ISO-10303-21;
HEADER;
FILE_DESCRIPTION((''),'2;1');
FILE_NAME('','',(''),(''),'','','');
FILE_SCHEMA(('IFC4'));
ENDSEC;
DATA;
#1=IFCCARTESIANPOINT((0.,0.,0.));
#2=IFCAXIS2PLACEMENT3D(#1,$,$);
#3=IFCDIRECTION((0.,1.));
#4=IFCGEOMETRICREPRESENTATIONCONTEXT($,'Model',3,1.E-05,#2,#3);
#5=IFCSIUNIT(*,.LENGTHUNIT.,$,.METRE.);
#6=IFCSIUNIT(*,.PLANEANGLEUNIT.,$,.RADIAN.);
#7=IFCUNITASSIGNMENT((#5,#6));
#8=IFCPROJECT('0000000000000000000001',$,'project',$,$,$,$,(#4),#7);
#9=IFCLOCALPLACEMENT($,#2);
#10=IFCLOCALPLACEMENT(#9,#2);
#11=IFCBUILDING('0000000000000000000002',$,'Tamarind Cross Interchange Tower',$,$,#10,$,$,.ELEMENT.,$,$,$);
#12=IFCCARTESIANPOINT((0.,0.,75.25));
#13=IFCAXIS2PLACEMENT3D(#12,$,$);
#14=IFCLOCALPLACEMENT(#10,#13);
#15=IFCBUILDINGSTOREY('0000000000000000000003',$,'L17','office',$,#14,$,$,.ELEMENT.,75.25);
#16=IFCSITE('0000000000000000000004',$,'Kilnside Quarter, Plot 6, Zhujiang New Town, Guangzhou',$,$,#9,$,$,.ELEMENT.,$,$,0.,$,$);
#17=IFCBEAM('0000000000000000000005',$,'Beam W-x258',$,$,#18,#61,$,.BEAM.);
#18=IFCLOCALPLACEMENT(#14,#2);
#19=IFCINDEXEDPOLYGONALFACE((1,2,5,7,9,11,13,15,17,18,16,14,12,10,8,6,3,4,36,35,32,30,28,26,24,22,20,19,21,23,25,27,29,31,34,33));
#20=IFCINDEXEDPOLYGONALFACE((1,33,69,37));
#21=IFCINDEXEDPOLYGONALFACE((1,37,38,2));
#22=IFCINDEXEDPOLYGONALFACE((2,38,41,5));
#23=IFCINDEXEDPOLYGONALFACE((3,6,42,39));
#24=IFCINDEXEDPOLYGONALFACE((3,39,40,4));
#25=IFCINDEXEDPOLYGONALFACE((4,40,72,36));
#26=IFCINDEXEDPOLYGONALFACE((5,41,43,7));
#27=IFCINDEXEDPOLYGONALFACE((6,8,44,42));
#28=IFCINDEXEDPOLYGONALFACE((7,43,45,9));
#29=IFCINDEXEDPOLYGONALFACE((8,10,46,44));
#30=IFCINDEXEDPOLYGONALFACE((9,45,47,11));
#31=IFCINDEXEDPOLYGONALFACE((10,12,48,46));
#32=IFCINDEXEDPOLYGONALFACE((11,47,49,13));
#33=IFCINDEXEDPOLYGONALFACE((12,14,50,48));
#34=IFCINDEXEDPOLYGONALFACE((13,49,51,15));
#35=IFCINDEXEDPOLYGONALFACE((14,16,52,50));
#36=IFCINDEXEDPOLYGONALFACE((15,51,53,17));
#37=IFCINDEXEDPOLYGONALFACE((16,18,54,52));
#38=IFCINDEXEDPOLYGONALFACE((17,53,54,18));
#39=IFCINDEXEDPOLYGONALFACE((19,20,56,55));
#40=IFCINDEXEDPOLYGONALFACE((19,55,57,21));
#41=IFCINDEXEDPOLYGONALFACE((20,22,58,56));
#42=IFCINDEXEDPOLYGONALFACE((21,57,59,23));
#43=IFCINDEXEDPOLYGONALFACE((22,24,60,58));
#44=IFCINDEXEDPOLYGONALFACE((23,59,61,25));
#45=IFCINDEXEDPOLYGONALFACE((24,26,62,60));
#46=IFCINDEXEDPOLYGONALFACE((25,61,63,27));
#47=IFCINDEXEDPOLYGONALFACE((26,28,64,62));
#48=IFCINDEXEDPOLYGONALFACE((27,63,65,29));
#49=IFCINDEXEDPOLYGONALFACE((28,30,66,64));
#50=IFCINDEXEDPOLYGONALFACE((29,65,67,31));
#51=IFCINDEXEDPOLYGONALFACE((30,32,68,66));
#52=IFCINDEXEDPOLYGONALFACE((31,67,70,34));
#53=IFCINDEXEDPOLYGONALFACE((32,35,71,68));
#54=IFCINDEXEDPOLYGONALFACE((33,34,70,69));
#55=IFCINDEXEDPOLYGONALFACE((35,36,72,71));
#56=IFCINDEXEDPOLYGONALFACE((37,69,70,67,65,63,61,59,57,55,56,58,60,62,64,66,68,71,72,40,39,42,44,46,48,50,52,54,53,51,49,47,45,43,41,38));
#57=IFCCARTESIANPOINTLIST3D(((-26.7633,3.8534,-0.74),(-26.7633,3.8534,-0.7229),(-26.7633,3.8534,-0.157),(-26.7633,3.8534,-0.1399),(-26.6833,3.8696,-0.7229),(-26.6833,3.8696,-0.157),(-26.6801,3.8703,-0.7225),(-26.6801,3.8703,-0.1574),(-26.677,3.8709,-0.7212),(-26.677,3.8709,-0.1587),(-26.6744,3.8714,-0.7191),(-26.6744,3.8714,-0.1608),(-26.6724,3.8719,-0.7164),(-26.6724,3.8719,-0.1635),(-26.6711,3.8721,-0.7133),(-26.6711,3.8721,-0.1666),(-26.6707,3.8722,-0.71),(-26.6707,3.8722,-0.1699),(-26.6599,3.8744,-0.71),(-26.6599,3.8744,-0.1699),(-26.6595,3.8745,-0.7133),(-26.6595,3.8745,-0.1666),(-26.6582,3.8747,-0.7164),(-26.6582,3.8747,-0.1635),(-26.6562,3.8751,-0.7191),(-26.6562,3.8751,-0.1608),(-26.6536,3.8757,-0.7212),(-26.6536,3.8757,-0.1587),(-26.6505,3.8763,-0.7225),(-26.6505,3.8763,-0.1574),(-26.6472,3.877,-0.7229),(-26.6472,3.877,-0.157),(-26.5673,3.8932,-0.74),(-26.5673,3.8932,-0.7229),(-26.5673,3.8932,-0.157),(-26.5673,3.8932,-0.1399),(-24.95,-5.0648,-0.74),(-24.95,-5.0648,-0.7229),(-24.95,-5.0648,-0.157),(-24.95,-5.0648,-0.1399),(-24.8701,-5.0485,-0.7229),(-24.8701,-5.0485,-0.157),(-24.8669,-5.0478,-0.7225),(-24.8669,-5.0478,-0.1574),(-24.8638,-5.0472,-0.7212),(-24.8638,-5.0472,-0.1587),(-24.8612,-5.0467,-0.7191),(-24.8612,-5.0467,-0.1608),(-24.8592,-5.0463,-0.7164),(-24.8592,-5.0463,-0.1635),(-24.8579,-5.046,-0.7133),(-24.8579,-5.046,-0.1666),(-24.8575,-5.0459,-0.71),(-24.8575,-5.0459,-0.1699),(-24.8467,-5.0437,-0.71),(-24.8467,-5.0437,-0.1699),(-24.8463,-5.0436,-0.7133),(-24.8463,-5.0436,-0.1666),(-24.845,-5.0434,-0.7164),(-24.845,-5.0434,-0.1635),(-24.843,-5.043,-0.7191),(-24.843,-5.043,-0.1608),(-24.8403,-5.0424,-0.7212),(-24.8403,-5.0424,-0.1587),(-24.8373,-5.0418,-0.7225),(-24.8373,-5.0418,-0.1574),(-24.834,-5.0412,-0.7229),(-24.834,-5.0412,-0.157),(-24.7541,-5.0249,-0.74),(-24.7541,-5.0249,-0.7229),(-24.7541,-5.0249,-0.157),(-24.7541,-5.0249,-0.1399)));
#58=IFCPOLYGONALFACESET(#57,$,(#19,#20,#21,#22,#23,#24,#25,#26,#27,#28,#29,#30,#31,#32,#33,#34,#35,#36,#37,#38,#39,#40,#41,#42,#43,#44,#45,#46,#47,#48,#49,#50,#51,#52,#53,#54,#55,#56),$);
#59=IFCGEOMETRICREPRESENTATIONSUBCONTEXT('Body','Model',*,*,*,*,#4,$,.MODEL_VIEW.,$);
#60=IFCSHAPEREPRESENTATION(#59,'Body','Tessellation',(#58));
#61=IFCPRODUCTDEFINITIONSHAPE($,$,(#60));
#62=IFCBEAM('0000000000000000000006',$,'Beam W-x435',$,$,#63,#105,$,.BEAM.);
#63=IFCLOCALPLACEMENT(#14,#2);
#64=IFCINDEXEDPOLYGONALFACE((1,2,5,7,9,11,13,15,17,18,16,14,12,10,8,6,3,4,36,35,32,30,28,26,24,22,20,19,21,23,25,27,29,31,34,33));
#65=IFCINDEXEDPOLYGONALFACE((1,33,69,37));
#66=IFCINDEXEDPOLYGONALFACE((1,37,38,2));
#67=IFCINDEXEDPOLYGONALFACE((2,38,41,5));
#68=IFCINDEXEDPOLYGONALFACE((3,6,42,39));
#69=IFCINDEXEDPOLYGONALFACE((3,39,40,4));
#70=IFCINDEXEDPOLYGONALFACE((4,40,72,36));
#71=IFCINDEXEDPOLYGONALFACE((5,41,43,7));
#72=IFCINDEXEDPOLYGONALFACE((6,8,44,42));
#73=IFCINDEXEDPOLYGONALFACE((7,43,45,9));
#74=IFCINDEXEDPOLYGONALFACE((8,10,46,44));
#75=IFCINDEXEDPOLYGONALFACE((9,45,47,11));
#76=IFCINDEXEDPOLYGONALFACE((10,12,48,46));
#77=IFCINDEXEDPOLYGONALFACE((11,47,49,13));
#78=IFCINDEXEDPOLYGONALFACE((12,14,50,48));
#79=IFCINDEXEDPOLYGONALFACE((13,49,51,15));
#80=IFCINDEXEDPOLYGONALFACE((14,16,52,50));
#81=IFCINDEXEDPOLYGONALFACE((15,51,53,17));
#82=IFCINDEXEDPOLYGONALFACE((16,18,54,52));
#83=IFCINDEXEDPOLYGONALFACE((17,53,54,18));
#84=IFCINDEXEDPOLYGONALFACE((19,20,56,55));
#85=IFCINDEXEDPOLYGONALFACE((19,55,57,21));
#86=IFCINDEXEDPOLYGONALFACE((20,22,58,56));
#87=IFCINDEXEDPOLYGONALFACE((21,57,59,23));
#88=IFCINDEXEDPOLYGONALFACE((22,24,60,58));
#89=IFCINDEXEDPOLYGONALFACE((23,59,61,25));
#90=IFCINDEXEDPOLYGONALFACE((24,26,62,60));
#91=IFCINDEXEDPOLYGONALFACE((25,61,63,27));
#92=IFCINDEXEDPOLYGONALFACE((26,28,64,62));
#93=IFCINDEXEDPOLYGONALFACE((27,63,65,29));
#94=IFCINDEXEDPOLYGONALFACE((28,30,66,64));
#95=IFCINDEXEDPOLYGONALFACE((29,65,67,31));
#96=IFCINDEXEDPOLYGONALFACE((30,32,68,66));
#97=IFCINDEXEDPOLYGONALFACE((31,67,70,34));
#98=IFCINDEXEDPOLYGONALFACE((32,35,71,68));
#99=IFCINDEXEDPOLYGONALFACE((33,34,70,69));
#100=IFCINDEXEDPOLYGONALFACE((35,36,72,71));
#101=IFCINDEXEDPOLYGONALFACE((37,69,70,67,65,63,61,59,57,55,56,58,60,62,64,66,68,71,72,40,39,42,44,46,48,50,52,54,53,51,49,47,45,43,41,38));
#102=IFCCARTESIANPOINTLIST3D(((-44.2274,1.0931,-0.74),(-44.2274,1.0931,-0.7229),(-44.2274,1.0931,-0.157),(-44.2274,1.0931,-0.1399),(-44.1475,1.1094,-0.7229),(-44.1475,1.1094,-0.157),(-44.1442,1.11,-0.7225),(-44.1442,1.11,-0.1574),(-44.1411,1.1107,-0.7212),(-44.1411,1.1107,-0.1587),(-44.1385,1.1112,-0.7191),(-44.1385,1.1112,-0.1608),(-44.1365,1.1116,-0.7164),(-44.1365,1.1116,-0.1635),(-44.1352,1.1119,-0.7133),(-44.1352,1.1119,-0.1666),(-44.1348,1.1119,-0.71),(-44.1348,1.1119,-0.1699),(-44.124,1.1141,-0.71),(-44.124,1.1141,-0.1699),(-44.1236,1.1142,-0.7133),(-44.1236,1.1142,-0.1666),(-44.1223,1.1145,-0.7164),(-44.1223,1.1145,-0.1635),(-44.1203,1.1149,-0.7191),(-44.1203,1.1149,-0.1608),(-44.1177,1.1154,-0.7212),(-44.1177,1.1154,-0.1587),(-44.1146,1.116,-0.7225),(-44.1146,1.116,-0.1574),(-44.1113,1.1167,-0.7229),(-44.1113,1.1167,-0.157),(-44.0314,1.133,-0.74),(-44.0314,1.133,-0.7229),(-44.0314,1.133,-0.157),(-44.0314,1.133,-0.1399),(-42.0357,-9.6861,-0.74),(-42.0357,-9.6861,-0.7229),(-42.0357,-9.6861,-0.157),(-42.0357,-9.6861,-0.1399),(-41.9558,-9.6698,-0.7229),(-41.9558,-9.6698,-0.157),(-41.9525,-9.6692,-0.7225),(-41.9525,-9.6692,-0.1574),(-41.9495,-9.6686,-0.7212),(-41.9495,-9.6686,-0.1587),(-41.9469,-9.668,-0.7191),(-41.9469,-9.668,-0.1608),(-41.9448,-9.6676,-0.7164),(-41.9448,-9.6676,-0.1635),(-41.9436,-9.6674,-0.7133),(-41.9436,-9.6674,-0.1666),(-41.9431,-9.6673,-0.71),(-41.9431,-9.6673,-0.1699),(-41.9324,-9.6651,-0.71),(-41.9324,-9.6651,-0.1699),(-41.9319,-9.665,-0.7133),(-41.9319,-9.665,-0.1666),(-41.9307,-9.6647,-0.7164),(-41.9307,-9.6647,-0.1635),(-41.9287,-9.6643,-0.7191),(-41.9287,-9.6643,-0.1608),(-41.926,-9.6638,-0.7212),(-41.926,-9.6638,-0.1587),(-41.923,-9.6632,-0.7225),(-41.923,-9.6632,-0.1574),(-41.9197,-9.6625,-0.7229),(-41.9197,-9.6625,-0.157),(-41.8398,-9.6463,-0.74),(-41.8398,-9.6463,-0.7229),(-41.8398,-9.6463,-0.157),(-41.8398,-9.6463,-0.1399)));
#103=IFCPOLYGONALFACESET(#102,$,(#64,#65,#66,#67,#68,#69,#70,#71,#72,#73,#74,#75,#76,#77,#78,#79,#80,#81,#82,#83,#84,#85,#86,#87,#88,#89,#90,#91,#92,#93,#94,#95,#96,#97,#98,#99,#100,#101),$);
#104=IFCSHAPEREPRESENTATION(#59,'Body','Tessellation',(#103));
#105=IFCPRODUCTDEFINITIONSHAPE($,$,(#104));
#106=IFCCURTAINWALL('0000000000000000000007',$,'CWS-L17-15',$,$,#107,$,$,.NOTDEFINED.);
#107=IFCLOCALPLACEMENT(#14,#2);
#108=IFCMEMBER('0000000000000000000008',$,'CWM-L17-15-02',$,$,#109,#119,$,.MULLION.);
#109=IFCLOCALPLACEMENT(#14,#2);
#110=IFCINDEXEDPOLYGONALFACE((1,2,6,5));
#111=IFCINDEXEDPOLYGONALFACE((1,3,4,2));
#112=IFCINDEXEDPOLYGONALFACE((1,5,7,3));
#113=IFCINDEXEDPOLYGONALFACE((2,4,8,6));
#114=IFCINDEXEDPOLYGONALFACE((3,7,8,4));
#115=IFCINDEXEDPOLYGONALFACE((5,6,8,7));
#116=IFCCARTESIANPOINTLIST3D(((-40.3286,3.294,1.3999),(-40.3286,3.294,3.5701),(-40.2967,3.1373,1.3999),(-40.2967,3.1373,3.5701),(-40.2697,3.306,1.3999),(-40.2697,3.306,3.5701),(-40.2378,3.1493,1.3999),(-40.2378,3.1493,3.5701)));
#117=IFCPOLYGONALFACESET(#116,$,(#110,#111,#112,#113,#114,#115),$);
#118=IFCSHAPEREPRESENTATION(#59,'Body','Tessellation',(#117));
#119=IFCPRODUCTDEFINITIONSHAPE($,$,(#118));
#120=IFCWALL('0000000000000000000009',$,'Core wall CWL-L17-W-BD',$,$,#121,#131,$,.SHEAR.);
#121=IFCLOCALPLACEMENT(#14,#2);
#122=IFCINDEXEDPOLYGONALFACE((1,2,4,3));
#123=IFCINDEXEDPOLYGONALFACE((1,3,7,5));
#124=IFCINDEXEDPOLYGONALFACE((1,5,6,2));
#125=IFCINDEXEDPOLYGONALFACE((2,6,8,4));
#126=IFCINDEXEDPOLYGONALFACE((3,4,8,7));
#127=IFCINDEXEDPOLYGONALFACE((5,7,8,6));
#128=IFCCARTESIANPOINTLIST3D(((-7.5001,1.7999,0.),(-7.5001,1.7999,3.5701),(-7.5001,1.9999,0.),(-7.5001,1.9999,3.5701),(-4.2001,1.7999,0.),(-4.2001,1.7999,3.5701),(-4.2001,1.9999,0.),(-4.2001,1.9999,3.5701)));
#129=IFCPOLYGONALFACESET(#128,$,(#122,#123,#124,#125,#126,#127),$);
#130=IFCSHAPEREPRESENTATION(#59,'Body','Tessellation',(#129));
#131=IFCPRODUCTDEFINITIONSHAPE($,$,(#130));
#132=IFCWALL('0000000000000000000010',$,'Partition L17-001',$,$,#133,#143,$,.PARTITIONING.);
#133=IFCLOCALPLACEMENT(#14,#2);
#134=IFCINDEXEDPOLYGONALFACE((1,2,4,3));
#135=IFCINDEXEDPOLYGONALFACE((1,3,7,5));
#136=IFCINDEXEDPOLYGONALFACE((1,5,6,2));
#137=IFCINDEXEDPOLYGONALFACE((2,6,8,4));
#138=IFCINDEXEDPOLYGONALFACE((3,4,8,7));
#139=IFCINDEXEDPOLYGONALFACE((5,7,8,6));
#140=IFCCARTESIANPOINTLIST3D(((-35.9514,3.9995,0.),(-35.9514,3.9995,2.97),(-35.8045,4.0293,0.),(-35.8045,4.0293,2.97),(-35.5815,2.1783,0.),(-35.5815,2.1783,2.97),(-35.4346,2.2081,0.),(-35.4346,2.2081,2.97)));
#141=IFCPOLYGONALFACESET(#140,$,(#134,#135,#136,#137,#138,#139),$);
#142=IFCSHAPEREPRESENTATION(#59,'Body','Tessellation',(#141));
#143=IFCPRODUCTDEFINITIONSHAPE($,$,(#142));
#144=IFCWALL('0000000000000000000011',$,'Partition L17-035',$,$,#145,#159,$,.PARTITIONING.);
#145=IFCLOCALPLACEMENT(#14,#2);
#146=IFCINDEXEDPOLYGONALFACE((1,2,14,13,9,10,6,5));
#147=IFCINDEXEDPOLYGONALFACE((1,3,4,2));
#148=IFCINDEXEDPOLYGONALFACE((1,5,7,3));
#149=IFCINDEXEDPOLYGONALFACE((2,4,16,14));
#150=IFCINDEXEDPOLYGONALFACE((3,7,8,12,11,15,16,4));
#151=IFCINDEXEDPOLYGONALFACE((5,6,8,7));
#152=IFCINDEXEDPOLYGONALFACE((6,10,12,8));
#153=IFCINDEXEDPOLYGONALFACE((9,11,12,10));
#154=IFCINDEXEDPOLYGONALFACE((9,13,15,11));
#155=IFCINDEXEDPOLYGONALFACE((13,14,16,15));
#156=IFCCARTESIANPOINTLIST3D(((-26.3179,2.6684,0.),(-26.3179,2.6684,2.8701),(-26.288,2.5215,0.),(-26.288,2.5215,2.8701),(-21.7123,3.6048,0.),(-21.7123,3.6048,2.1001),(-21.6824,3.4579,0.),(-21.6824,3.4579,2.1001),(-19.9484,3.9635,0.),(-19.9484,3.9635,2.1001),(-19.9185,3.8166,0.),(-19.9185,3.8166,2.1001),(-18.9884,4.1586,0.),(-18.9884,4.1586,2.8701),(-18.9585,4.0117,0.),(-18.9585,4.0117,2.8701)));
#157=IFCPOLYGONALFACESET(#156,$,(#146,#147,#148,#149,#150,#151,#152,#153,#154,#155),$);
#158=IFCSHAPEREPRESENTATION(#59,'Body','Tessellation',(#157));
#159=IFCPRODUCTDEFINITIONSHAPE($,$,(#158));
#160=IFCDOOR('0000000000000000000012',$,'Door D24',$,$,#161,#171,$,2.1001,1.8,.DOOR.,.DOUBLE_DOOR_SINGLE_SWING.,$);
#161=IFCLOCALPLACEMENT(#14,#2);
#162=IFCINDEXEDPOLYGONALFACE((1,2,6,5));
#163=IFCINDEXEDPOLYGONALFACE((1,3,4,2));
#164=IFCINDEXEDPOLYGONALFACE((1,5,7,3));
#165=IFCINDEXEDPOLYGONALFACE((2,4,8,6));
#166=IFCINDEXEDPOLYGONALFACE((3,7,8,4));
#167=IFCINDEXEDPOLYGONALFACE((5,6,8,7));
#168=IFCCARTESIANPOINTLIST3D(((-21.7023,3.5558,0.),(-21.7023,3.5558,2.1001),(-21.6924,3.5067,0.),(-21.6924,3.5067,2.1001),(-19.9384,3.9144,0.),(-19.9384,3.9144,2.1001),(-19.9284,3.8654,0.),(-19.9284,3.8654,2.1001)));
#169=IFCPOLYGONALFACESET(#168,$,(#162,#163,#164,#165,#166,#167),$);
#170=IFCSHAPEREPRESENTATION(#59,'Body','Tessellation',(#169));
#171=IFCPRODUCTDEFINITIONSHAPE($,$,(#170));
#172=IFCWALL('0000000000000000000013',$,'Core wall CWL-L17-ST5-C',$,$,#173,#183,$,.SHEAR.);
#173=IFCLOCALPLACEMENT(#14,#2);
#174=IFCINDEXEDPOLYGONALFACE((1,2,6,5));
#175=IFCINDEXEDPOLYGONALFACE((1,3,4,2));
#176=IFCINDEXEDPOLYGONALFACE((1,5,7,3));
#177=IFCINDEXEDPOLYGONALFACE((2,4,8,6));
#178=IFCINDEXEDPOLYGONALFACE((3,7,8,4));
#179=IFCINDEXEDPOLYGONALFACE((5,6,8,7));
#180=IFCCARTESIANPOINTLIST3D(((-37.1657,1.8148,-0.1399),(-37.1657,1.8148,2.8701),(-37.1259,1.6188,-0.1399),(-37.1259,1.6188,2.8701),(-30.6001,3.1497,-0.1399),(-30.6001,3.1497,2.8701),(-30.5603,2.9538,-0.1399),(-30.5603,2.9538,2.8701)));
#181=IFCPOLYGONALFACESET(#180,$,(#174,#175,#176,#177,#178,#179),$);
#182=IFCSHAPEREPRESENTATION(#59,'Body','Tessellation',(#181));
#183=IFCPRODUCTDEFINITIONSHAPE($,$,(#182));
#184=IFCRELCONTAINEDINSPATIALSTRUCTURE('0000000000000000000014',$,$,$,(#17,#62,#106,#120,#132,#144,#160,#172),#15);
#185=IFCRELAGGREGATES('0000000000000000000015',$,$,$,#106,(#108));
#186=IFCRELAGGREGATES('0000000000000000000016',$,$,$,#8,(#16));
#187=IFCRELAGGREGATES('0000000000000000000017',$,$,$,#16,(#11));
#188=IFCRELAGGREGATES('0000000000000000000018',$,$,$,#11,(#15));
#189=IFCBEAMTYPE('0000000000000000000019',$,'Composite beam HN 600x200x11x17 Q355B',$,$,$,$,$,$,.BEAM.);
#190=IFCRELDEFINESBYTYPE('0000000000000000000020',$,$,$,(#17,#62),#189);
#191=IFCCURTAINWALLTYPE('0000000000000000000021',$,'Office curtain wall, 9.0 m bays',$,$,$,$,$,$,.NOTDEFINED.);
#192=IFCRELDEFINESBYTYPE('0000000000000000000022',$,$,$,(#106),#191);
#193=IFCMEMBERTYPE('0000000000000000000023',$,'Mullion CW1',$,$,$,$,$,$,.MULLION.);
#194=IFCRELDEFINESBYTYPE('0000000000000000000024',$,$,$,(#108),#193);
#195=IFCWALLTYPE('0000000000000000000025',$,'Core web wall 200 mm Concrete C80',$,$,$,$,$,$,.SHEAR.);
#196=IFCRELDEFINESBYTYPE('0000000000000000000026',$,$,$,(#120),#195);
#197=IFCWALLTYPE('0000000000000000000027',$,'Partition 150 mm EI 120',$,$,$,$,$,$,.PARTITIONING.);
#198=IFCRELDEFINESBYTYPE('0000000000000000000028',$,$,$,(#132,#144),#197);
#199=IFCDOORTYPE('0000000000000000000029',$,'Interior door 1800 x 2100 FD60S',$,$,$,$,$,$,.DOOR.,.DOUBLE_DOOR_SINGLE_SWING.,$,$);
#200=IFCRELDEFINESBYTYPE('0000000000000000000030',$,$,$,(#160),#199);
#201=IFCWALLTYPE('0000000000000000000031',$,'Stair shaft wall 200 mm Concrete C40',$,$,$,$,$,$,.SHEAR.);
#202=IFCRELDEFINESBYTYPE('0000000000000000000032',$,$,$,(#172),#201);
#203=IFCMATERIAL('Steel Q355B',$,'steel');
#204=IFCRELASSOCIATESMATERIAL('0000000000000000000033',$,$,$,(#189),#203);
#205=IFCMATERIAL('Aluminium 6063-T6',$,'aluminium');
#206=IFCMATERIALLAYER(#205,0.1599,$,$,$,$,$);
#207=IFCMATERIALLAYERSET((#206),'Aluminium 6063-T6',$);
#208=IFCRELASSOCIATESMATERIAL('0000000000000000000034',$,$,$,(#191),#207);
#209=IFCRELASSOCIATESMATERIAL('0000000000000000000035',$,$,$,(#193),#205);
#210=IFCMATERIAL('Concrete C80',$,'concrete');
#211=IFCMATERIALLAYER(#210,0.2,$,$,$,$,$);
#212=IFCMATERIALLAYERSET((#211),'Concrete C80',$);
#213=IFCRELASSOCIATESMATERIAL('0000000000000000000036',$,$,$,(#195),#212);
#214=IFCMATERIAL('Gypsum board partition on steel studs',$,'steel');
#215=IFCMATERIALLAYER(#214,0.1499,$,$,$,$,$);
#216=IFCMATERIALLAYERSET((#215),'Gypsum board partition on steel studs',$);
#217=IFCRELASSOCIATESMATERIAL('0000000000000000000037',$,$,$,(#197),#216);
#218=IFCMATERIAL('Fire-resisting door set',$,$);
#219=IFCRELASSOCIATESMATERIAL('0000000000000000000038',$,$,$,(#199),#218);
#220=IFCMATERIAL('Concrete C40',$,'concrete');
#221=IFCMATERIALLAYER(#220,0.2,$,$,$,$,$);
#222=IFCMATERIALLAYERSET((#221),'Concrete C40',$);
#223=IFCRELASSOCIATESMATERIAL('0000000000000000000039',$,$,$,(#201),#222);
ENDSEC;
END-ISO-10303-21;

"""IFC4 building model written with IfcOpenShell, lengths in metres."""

from ifc_helpers import new_model, si_unit, direction, frame, frame_2d, origin, origin_2d, place, context, subcontext, project, spatial, rectangle, i_section, extrude, material, layer, layer_set, material_profile, profile_set, type_object, element, fill, aggregate, save


model = new_model("IFC4")

# Units and contexts
model_context = context("Model", 3, precision=1e-05, world=origin(), true_north=direction((0.0, 1.0)))
body_context = subcontext(model_context, "Body", "Model", "MODEL_VIEW")
ifc_project = project(units=[si_unit("LENGTHUNIT", "METRE"), si_unit("PLANEANGLEUNIT", "RADIAN")], contexts=[model_context])

# Site, building, storey
site_placement = place(None, origin())
site = spatial("IfcSite", under=ifc_project, at=site_placement, Name="Kilnside Quarter, Plot 6, Zhujiang New Town, Guangzhou", CompositionType="ELEMENT", RefElevation=0.0)
building_placement = place(site_placement, origin())
building = spatial("IfcBuilding", under=site, at=building_placement, Name="Tamarind Cross Interchange Tower", CompositionType="ELEMENT")
storey_placement = place(building_placement, frame((0.0, 0.0, 75.25)))
storey = spatial("IfcBuildingStorey", under=building, at=storey_placement, Name="L17", Description="office", CompositionType="ELEMENT", Elevation=75.25)

# Beams
ifc_material_1 = material(Name="Steel Q355B", Category="steel")
ifc_material_profile_1 = material_profile(ifc_material_1, i_section(OverallWidth=0.2, OverallDepth=0.6001, WebThickness=0.011, FlangeThickness=0.0171, FilletRadius=0.0129, at=origin_2d()), Name="HN 600x200x11x17")
ifc_profile_set_1 = profile_set([ifc_material_profile_1], Name="Steel Q355B")
beam_type_1 = type_object("IfcBeamType", Name="Composite beam HN 600x200x11x17 Q355B", PredefinedType="BEAM", material=ifc_profile_set_1)
beam_1_placement = place(storey_placement, frame((-26.6653, 3.8733, -0.4399), z_axis=(0.199241, -0.97995, 0.0), x_axis=(0.97995, 0.199241, 0.0)))
element("IfcBeam", 1, at=beam_1_placement, inside=storey, type_object=beam_type_1, Name="Beam W-x258", PredefinedType="BEAM", context=body_context, shape_type="SweptSolid", body=[
    extrude(i_section(OverallWidth=0.2, OverallDepth=0.6001, WebThickness=0.011, FlangeThickness=0.0171, FilletRadius=0.0129, at=origin_2d()), origin(), (0.0, 0.0, 1.0), 9.1006),
])
beam_2_placement = place(storey_placement, frame((-44.1294, 1.113, -0.4399), z_axis=(0.199244, -0.97995, 0.0), x_axis=(0.97995, 0.199244, 0.0)))
element("IfcBeam", 2, at=beam_2_placement, inside=storey, type_object=beam_type_1, Name="Beam W-x435", PredefinedType="BEAM", context=body_context, shape_type="SweptSolid", body=[
    extrude(i_section(OverallWidth=0.2, OverallDepth=0.6001, WebThickness=0.011, FlangeThickness=0.0171, FilletRadius=0.0129, at=origin_2d()), origin(), (0.0, 0.0, 1.0), 10.9998),
])

# Curtain wall, member
ifc_material_2 = material(Name="Aluminium 6063-T6", Category="aluminium")
ifc_layer_1 = layer(ifc_material_2, 0.1599)
ifc_layer_set_1 = layer_set([ifc_layer_1], Name="Aluminium 6063-T6")
curtain_wall_type = type_object("IfcCurtainWallType", Name="Office curtain wall, 9.0 m bays", PredefinedType="NOTDEFINED", material=ifc_layer_set_1)
curtain_wall_placement = place(storey_placement, origin())
curtain_wall = element("IfcCurtainWall", 3, at=curtain_wall_placement, inside=storey, type_object=curtain_wall_type, Name="CWS-L17-15", PredefinedType="NOTDEFINED")
ifc_material_profile_2 = material_profile(ifc_material_2, rectangle(XDim=0.0601, YDim=0.1599, at=origin_2d()), Name="Mullion CW1")
ifc_profile_set_2 = profile_set([ifc_material_profile_2], Name="Aluminium 6063-T6")
member_type = type_object("IfcMemberType", Name="Mullion CW1", PredefinedType="MULLION", material=ifc_profile_set_2)
member_placement = place(storey_placement, frame((-40.2832, 3.2217, 1.3999), z_axis=(0.0, 0.0, 1.0), x_axis=(-0.97995, -0.199245, 0.0)))
member = element("IfcMember", 4, at=member_placement, type_object=member_type, Name="CWM-L17-15-02", PredefinedType="MULLION", context=body_context, shape_type="SweptSolid", body=[
    extrude(rectangle(XDim=0.0601, YDim=0.1599, at=origin_2d()), origin(), (0.0, 0.0, 1.0), 2.1702),
])
aggregate(curtain_wall, [member])

# Walls
ifc_material_3 = material(Name="Concrete C80", Category="concrete")
ifc_layer_2 = layer(ifc_material_3, 0.2)
ifc_layer_set_2 = layer_set([ifc_layer_2], Name="Concrete C80")
wall_type_1 = type_object("IfcWallType", Name="Core web wall 200 mm Concrete C80", PredefinedType="SHEAR", material=ifc_layer_set_2)
wall_1_placement = place(storey_placement, frame((-7.5, 1.8999, 0.0), z_axis=(0.0, 0.0, 1.0), x_axis=(1.0, 0.0, 0.0)))
element("IfcWall", 5, at=wall_1_placement, inside=storey, type_object=wall_type_1, Name="Core wall CWL-L17-W-BD", PredefinedType="SHEAR", context=body_context, shape_type="SweptSolid", body=[
    extrude(rectangle(XDim=3.3, YDim=0.2, at=frame_2d((1.6499, 0.0))), origin(), (0.0, 0.0, 1.0), 3.5701),
])
ifc_material_4 = material(Name="Gypsum board partition on steel studs", Category="steel")
ifc_layer_3 = layer(ifc_material_4, 0.1499)
ifc_layer_set_3 = layer_set([ifc_layer_3], Name="Gypsum board partition on steel studs")
wall_type_2 = type_object("IfcWallType", Name="Partition 150 mm EI 120", PredefinedType="PARTITIONING", material=ifc_layer_set_3)
wall_2_placement = place(storey_placement, frame((-35.8779, 4.0144, 0.0), z_axis=(0.0, 0.0, 1.0), x_axis=(0.19902, -0.979995, 0.0)))
element("IfcWall", 6, at=wall_2_placement, inside=storey, type_object=wall_type_2, Name="Partition L17-001", PredefinedType="PARTITIONING", context=body_context, shape_type="SweptSolid", body=[
    extrude(rectangle(XDim=1.8584, YDim=0.1499, at=frame_2d((0.9292, 0.0))), origin(), (0.0, 0.0, 1.0), 2.97),
])

# Wall, opening, door
wall_3_placement = place(storey_placement, frame((-26.303, 2.595, 0.0), z_axis=(0.0, 0.0, 1.0), x_axis=(0.97995, 0.199241, 0.0)))
wall_3 = element("IfcWall", 7, at=wall_3_placement, inside=storey, type_object=wall_type_2, Name="Partition L17-035", PredefinedType="PARTITIONING", context=body_context, shape_type="SweptSolid", body=[
    extrude(rectangle(XDim=7.4795, YDim=0.1499, at=frame_2d((3.7397, 0.0))), origin(), (0.0, 0.0, 1.0), 2.8701),
])
opening_placement = place(wall_3_placement, frame((4.7, 0.0, 0.0)))
opening = element("IfcOpeningElement", 8, at=opening_placement, cuts=wall_3, PredefinedType="OPENING", context=body_context, shape_type="SweptSolid", body=[
    extrude(rectangle(XDim=1.8, YDim=2.1001, at=frame_2d((0.8999, 1.05))), frame((0.0, 0.085, 0.0), z_axis=(0.0, -1.0, 0.0), x_axis=(1.0, 0.0, 0.0)), (0.0, 0.0, 1.0), 0.1699),
])
ifc_material_5 = material(Name="Fire-resisting door set")
door_type = type_object("IfcDoorType", Name="Interior door 1800 x 2100 FD60S", OperationType="DOUBLE_DOOR_SINGLE_SWING", PredefinedType="DOOR", material=ifc_material_5)
door_placement = place(opening_placement, origin())
door = element("IfcDoor", 9, at=door_placement, inside=storey, type_object=door_type, Name="Door D24", OperationType="DOUBLE_DOOR_SINGLE_SWING", OverallHeight=2.1001, OverallWidth=1.8, PredefinedType="DOOR", context=body_context, shape_type="SweptSolid", body=[
    extrude(rectangle(XDim=1.8, YDim=2.1001, at=frame_2d((0.8999, 1.05))), frame((0.0, 0.0249, 0.0), z_axis=(0.0, -1.0, 0.0), x_axis=(1.0, 0.0, 0.0)), (0.0, 0.0, 1.0), 0.05),
])
fill(opening, door)

# Wall
ifc_material_6 = material(Name="Concrete C40", Category="concrete")
ifc_layer_4 = layer(ifc_material_6, 0.2)
ifc_layer_set_4 = layer_set([ifc_layer_4], Name="Concrete C40")
wall_type_3 = type_object("IfcWallType", Name="Stair shaft wall 200 mm Concrete C40", PredefinedType="SHEAR", material=ifc_layer_set_4)
wall_4_placement = place(storey_placement, frame((-30.5801, 3.0518, -0.1399), z_axis=(0.0, 0.0, 1.0), x_axis=(-0.979949, -0.199247, 0.0)))
element("IfcWall", 10, at=wall_4_placement, inside=storey, type_object=wall_type_3, Name="Core wall CWL-L17-ST5-C", PredefinedType="SHEAR", context=body_context, shape_type="SweptSolid", body=[
    extrude(rectangle(XDim=6.7, YDim=0.2, at=frame_2d((3.3501, 0.0))), origin(), (0.0, 0.0, 1.0), 3.01),
])

save(model, "model.ifc")
